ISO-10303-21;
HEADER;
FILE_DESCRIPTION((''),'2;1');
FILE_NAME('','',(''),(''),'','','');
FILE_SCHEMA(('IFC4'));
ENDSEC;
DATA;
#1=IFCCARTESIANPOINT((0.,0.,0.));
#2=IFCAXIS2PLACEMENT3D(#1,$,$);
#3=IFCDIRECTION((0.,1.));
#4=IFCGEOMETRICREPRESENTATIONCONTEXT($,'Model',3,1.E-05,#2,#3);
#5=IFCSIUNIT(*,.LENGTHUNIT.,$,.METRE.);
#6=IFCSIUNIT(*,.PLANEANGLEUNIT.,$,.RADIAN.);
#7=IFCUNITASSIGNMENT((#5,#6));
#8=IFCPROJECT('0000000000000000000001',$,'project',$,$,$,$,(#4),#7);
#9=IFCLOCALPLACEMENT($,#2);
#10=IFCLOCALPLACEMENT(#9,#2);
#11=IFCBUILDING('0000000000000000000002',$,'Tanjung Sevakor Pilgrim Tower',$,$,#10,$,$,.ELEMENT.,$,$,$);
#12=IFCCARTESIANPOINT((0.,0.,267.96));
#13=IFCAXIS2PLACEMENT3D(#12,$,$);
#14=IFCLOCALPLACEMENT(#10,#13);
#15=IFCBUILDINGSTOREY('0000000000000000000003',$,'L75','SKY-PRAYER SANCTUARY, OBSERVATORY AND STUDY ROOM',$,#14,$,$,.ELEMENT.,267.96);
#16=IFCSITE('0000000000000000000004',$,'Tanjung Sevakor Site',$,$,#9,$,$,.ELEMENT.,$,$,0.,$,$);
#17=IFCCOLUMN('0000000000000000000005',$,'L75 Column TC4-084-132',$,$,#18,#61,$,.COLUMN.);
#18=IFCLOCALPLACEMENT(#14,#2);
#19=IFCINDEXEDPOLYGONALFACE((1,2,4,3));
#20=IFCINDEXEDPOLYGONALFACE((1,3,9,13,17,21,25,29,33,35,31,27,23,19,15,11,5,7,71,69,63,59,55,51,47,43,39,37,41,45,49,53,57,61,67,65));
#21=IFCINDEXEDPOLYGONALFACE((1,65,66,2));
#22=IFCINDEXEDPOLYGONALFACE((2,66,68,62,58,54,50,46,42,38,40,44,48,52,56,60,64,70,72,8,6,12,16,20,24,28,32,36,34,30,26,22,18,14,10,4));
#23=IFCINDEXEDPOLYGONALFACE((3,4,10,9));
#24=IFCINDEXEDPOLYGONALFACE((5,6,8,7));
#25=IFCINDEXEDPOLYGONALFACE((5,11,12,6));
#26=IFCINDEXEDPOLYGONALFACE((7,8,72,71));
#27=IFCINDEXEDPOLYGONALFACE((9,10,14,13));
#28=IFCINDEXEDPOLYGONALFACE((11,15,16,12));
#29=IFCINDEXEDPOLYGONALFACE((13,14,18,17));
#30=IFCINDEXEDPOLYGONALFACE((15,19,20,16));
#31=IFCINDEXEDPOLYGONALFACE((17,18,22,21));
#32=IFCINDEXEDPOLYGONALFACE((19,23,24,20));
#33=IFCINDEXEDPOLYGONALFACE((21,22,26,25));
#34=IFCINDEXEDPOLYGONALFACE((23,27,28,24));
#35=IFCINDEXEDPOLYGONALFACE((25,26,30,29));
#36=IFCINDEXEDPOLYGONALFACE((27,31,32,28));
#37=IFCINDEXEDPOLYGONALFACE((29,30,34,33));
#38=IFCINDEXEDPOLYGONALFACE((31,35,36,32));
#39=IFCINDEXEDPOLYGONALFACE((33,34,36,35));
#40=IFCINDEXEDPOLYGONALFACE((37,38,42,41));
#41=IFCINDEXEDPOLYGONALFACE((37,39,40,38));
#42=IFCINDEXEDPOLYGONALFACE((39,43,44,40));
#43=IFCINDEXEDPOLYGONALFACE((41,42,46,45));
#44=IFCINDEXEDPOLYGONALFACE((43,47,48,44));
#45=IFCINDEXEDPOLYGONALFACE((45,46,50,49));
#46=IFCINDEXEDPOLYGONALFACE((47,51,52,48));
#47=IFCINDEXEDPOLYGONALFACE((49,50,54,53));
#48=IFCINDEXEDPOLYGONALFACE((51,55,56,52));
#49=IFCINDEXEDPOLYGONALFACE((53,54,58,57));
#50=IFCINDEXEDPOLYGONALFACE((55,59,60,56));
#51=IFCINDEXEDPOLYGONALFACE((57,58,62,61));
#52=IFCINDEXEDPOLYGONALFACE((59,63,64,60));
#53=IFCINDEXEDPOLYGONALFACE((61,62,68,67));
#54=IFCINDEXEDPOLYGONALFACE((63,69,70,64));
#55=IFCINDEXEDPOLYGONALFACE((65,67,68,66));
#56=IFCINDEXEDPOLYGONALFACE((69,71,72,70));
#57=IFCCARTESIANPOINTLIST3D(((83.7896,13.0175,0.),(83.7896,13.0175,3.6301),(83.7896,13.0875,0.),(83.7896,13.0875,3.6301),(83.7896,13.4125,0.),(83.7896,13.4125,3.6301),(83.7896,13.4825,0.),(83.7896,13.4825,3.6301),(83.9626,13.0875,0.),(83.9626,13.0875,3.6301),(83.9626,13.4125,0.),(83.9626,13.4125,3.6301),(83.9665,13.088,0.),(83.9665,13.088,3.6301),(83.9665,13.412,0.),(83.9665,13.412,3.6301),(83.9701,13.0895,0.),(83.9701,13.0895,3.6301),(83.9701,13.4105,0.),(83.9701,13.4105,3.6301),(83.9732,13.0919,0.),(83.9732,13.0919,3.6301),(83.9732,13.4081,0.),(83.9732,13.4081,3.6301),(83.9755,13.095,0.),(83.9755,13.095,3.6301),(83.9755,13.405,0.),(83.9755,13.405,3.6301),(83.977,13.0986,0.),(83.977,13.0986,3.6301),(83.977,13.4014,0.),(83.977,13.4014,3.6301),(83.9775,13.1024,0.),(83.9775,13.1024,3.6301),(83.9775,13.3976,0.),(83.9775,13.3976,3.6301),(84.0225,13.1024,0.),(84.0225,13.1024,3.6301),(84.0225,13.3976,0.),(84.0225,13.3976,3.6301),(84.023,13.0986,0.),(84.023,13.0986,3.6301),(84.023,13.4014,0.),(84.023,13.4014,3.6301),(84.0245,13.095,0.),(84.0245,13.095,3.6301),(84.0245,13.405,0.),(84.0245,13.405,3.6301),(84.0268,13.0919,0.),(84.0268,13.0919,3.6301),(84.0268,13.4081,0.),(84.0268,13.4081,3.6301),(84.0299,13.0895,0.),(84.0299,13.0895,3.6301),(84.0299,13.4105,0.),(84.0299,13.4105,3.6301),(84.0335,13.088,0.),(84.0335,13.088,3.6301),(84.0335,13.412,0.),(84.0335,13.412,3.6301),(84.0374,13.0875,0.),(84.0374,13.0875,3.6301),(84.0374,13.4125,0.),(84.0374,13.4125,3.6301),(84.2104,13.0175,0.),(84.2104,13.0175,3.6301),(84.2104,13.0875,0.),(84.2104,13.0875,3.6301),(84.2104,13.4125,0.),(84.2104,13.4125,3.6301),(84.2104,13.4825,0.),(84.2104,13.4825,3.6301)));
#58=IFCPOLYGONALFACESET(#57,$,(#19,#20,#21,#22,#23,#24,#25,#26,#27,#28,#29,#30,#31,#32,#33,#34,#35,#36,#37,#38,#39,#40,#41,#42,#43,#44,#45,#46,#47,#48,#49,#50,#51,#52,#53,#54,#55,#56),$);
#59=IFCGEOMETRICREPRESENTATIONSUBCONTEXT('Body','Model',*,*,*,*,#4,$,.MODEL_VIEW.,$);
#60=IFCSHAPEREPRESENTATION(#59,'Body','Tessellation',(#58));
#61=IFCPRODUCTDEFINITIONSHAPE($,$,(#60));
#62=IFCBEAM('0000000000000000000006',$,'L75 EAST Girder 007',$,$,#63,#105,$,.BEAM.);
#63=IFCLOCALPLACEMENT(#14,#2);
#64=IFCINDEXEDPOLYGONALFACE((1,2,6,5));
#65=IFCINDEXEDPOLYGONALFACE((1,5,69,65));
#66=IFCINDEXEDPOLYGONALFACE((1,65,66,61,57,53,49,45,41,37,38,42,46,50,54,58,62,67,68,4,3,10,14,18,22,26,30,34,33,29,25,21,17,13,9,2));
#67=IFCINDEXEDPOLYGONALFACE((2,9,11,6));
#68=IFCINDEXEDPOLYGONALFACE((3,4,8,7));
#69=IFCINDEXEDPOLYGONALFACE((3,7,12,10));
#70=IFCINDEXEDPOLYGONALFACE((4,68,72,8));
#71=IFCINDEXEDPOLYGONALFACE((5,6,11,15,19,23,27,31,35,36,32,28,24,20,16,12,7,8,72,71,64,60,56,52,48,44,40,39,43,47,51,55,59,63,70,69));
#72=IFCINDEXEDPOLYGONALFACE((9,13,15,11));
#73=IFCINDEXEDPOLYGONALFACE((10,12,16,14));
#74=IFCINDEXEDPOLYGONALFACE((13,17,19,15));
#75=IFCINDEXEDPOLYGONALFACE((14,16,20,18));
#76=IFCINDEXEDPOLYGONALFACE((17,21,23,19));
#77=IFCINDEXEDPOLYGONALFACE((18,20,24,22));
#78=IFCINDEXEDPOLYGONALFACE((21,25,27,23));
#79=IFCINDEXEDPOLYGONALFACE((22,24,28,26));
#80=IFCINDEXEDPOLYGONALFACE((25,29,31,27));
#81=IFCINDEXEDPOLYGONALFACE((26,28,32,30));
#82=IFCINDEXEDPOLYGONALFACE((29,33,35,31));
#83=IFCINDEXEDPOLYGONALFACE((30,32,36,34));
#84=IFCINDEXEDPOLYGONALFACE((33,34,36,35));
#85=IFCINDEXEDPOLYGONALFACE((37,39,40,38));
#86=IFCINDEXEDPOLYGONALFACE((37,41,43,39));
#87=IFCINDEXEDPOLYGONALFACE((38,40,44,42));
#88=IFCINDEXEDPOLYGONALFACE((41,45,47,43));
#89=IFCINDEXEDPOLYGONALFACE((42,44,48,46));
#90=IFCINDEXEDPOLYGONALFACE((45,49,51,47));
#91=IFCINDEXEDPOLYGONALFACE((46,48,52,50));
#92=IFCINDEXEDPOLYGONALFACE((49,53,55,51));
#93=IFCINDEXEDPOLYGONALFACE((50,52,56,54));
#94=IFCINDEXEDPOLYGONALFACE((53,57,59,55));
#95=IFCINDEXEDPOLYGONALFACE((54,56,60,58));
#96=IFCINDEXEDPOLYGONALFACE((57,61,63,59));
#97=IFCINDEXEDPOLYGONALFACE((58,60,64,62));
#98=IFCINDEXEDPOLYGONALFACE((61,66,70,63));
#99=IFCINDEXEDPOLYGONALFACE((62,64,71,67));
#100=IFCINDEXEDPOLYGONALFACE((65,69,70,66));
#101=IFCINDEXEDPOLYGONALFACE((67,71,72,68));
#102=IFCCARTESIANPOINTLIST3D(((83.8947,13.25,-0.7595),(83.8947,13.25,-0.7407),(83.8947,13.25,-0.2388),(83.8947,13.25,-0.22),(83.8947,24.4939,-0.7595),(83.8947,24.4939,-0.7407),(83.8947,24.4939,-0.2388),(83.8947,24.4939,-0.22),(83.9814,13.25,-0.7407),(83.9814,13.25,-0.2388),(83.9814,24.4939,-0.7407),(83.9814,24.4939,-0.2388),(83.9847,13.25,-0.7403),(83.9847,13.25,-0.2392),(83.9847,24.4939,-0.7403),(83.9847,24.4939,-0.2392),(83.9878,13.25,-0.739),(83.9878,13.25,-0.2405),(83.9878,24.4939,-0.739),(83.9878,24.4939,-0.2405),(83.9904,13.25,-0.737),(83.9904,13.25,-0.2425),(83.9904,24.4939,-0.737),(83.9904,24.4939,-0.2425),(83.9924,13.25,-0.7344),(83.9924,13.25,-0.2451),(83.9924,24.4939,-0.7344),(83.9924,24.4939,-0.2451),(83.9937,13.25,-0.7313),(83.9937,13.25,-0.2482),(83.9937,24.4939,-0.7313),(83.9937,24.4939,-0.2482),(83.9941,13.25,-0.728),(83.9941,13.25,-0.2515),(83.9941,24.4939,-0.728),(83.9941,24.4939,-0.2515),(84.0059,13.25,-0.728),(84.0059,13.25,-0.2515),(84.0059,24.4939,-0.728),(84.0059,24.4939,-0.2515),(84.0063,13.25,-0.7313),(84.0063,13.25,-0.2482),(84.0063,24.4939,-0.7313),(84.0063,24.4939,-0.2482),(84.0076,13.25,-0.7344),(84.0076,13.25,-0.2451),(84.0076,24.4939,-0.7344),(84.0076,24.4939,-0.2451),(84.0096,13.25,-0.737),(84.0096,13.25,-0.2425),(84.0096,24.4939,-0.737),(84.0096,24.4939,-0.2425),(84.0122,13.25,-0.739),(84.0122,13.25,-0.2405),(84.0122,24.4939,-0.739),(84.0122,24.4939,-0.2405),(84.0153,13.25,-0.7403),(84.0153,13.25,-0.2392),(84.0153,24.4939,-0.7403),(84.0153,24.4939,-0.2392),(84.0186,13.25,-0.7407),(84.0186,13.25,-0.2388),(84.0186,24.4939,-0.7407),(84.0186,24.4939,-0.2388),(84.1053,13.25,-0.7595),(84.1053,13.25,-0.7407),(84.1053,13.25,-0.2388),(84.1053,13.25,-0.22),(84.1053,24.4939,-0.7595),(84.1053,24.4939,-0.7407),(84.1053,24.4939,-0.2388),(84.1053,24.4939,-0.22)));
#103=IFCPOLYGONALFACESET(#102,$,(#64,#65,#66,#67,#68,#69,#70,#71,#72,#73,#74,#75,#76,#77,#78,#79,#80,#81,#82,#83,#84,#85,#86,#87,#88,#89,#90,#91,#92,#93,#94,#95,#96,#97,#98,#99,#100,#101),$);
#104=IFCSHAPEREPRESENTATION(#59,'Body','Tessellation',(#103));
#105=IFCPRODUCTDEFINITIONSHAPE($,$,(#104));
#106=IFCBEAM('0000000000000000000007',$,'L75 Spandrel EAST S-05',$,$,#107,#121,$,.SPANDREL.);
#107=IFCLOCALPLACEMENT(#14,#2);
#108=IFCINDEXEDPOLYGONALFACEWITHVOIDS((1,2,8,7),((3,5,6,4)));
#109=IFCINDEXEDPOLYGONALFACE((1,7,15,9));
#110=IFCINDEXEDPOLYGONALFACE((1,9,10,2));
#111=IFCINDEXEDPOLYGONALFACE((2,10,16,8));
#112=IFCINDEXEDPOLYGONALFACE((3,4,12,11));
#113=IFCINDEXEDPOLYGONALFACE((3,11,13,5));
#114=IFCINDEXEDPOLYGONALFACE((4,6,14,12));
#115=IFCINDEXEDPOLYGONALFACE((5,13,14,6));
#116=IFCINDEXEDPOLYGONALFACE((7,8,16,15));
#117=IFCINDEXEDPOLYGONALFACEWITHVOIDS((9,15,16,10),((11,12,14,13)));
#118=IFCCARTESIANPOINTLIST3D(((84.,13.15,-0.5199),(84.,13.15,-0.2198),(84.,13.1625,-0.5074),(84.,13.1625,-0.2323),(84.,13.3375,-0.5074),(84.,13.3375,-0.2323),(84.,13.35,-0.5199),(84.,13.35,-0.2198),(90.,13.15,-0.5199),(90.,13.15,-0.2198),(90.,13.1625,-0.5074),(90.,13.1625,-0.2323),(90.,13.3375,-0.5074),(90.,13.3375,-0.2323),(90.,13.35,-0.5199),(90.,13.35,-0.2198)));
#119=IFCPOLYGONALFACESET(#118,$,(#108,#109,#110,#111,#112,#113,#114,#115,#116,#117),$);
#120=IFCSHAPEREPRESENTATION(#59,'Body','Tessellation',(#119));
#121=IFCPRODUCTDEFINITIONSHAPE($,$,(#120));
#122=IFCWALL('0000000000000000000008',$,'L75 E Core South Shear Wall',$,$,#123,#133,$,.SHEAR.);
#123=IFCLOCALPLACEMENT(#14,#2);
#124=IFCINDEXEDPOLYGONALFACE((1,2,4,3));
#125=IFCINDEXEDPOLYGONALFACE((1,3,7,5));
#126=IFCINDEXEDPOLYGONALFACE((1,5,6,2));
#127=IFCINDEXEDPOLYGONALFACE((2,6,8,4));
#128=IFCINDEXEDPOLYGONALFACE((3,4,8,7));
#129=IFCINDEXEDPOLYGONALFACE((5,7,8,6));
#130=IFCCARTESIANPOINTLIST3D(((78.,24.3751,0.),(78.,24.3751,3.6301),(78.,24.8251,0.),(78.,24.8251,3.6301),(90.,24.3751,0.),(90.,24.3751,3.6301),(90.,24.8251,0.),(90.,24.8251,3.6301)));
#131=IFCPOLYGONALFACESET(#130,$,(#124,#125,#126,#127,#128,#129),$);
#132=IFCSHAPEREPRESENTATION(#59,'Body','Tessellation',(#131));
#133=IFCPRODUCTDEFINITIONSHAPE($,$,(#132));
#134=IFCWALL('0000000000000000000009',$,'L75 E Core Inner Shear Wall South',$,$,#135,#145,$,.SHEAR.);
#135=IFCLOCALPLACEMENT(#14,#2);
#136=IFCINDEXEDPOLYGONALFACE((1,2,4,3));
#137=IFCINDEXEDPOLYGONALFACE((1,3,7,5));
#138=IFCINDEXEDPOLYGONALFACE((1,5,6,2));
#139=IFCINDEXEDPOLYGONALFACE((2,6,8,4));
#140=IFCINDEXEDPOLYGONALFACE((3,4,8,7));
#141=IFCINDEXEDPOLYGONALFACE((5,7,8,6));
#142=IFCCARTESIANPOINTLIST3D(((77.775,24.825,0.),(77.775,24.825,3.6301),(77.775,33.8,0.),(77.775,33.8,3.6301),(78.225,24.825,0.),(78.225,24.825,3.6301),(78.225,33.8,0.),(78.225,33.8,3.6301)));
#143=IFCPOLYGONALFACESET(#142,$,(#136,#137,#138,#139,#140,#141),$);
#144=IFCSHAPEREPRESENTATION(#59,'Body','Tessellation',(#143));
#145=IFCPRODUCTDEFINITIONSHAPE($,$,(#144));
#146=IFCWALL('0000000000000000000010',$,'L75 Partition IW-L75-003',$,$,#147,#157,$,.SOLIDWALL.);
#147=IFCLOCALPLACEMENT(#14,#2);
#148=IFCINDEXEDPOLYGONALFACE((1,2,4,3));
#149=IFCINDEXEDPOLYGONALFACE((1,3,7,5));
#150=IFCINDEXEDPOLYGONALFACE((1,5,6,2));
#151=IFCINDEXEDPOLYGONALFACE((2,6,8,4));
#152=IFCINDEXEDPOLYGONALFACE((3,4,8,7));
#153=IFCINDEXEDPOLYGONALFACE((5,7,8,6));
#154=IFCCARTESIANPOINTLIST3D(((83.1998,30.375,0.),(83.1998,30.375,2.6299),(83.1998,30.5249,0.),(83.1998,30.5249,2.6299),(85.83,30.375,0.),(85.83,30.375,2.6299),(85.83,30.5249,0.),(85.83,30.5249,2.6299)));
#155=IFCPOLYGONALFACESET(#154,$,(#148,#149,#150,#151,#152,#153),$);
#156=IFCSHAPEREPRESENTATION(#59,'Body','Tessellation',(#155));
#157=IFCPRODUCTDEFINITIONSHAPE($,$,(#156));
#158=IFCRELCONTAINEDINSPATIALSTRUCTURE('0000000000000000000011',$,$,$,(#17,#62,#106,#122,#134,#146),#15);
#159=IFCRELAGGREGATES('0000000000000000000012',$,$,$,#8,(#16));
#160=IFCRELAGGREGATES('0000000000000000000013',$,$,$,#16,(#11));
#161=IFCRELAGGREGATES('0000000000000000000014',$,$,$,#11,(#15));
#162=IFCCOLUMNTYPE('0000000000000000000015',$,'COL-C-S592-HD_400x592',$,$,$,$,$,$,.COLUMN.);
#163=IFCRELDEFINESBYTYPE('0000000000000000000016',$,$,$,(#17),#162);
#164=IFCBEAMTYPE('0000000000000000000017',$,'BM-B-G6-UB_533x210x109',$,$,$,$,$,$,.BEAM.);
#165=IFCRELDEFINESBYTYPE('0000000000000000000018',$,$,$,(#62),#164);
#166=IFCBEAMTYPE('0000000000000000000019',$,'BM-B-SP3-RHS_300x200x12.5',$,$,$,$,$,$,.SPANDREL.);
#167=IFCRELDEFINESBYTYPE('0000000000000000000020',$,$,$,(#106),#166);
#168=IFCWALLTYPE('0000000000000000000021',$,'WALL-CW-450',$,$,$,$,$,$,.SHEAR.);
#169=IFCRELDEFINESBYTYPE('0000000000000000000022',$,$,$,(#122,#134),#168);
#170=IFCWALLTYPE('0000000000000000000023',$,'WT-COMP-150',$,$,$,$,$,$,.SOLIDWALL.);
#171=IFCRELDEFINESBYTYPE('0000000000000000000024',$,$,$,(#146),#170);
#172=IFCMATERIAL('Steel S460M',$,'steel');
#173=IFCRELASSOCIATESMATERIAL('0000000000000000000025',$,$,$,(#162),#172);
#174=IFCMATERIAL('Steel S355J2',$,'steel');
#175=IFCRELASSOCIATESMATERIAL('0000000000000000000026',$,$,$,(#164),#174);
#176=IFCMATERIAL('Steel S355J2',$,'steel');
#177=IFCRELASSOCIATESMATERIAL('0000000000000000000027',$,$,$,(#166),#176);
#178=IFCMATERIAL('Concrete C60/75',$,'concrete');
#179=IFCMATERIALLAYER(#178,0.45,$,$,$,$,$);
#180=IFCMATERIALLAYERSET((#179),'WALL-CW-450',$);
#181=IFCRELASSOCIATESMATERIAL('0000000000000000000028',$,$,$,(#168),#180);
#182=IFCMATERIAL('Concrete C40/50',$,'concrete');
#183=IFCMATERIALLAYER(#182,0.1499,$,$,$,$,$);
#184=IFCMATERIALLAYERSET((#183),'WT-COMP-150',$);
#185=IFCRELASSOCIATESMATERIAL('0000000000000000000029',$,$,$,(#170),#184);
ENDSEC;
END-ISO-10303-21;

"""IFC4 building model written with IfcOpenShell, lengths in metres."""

from ifc_helpers import new_model, si_unit, direction, frame, frame_2d, origin, origin_2d, place, context, subcontext, project, spatial, rectangle, hollow_rectangle, i_section, extrude, material, layer, layer_set, material_profile, profile_set, type_object, element, save


model = new_model("IFC4")

# Units and contexts
model_context = context("Model", 3, precision=1e-05, world=origin(), true_north=direction((0.0, 1.0)))
body_context = subcontext(model_context, "Body", "Model", "MODEL_VIEW")
ifc_project = project(units=[si_unit("LENGTHUNIT", "METRE"), si_unit("PLANEANGLEUNIT", "RADIAN")], contexts=[model_context])

# Site, building, storey
site_placement = place(None, origin())
site = spatial("IfcSite", under=ifc_project, at=site_placement, Name="Tanjung Sevakor Site", CompositionType="ELEMENT", RefElevation=0.0)
building_placement = place(site_placement, origin())
building = spatial("IfcBuilding", under=site, at=building_placement, Name="Tanjung Sevakor Pilgrim Tower", CompositionType="ELEMENT")
storey_placement = place(building_placement, frame((0.0, 0.0, 267.96)))
storey = spatial("IfcBuildingStorey", under=building, at=storey_placement, Name="L75", Description="SKY-PRAYER SANCTUARY, OBSERVATORY AND STUDY ROOM", CompositionType="ELEMENT", Elevation=267.96)

# Column
ifc_material_1 = material(Name="Steel S460M", Category="steel")
ifc_material_profile_1 = material_profile(ifc_material_1, i_section(OverallWidth=0.4209, OverallDepth=0.4651, WebThickness=0.0449, FlangeThickness=0.0701, FilletRadius=0.0149, at=origin_2d()))
ifc_profile_set_1 = profile_set([ifc_material_profile_1], Name="Steel S460M")
column_type = type_object("IfcColumnType", Name="COL-C-S592-HD_400x592", PredefinedType="COLUMN", material=ifc_profile_set_1)
column_placement = place(storey_placement, frame((84.0, 13.25, 0.0), z_axis=(0.0, 0.0, 1.0), x_axis=(1.0, 0.0, 0.0)))
element("IfcColumn", 1, at=column_placement, inside=storey, type_object=column_type, Name="L75 Column TC4-084-132", PredefinedType="COLUMN", context=body_context, shape_type="SweptSolid", body=[
    extrude(i_section(OverallWidth=0.4209, OverallDepth=0.4651, WebThickness=0.0449, FlangeThickness=0.0701, FilletRadius=0.0149, at=origin_2d()), origin(), (0.0, 0.0, 1.0), 3.6301),
])

# Beams
ifc_material_2 = material(Name="Steel S355J2", Category="steel")
ifc_material_profile_2 = material_profile(ifc_material_2, i_section(OverallWidth=0.2107, OverallDepth=0.5396, WebThickness=0.0117, FlangeThickness=0.0188, FilletRadius=0.0127, at=origin_2d()))
ifc_profile_set_2 = profile_set([ifc_material_profile_2], Name="Steel S355J2")
beam_type_1 = type_object("IfcBeamType", Name="BM-B-G6-UB_533x210x109", PredefinedType="BEAM", material=ifc_profile_set_2)
beam_1_placement = place(storey_placement, frame((84.0, 13.25, -0.4897), z_axis=(0.0, 1.0, 0.0), x_axis=(-1.0, 0.0, 0.0)))
element("IfcBeam", 2, at=beam_1_placement, inside=storey, type_object=beam_type_1, Name="L75 EAST Girder 007", PredefinedType="BEAM", context=body_context, shape_type="SweptSolid", body=[
    extrude(i_section(OverallWidth=0.2107, OverallDepth=0.5396, WebThickness=0.0117, FlangeThickness=0.0188, FilletRadius=0.0127, at=origin_2d()), origin(), (0.0, 0.0, 1.0), 11.2439),
])
ifc_material_3 = material(Name="Steel S355J2", Category="steel")
ifc_material_profile_3 = material_profile(ifc_material_3, hollow_rectangle(XDim=0.2, YDim=0.3, WallThickness=0.0125, at=origin_2d()))
ifc_profile_set_3 = profile_set([ifc_material_profile_3], Name="Steel S355J2")
beam_type_2 = type_object("IfcBeamType", Name="BM-B-SP3-RHS_300x200x12.5", PredefinedType="SPANDREL", material=ifc_profile_set_3)
beam_2_placement = place(storey_placement, frame((84.0, 13.25, -0.3699), z_axis=(1.0, 0.0, 0.0), x_axis=(0.0, 1.0, 0.0)))
element("IfcBeam", 3, at=beam_2_placement, inside=storey, type_object=beam_type_2, Name="L75 Spandrel EAST S-05", PredefinedType="SPANDREL", context=body_context, shape_type="SweptSolid", body=[
    extrude(hollow_rectangle(XDim=0.2, YDim=0.3, WallThickness=0.0125, at=origin_2d()), origin(), (0.0, 0.0, 1.0), 6.0),
])

# Walls
ifc_material_4 = material(Name="Concrete C60/75", Category="concrete")
ifc_layer_1 = layer(ifc_material_4, 0.45)
ifc_layer_set_1 = layer_set([ifc_layer_1], Name="WALL-CW-450")
wall_type_1 = type_object("IfcWallType", Name="WALL-CW-450", PredefinedType="SHEAR", material=ifc_layer_set_1)
wall_1_placement = place(storey_placement, frame((78.0, 24.6001, 0.0), z_axis=(0.0, 0.0, 1.0), x_axis=(1.0, 0.0, 0.0)))
element("IfcWall", 4, at=wall_1_placement, inside=storey, type_object=wall_type_1, Name="L75 E Core South Shear Wall", PredefinedType="SHEAR", context=body_context, shape_type="SweptSolid", body=[
    extrude(rectangle(XDim=12.0, YDim=0.45, at=frame_2d((6.0, 0.0))), origin(), (0.0, 0.0, 1.0), 3.6301),
])
wall_2_placement = place(storey_placement, frame((78.0, 24.825, 0.0), z_axis=(0.0, 0.0, 1.0), x_axis=(0.0, 1.0, 0.0)))
element("IfcWall", 5, at=wall_2_placement, inside=storey, type_object=wall_type_1, Name="L75 E Core Inner Shear Wall South", PredefinedType="SHEAR", context=body_context, shape_type="SweptSolid", body=[
    extrude(rectangle(XDim=8.9751, YDim=0.45, at=frame_2d((4.4875, 0.0))), origin(), (0.0, 0.0, 1.0), 3.6301),
])
ifc_material_5 = material(Name="Concrete C40/50", Category="concrete")
ifc_layer_2 = layer(ifc_material_5, 0.1499)
ifc_layer_set_2 = layer_set([ifc_layer_2], Name="WT-COMP-150")
wall_type_2 = type_object("IfcWallType", Name="WT-COMP-150", PredefinedType="SOLIDWALL", material=ifc_layer_set_2)
wall_3_placement = place(storey_placement, frame((83.2, 30.45, 0.0), z_axis=(0.0, 0.0, 1.0), x_axis=(1.0, 0.0, 0.0)))
element("IfcWall", 6, at=wall_3_placement, inside=storey, type_object=wall_type_2, Name="L75 Partition IW-L75-003", PredefinedType="SOLIDWALL", context=body_context, shape_type="SweptSolid", body=[
    extrude(rectangle(XDim=2.6301, YDim=0.1499, at=frame_2d((1.3149, 0.0))), origin(), (0.0, 0.0, 1.0), 2.6299),
])

save(model, "model.ifc")
